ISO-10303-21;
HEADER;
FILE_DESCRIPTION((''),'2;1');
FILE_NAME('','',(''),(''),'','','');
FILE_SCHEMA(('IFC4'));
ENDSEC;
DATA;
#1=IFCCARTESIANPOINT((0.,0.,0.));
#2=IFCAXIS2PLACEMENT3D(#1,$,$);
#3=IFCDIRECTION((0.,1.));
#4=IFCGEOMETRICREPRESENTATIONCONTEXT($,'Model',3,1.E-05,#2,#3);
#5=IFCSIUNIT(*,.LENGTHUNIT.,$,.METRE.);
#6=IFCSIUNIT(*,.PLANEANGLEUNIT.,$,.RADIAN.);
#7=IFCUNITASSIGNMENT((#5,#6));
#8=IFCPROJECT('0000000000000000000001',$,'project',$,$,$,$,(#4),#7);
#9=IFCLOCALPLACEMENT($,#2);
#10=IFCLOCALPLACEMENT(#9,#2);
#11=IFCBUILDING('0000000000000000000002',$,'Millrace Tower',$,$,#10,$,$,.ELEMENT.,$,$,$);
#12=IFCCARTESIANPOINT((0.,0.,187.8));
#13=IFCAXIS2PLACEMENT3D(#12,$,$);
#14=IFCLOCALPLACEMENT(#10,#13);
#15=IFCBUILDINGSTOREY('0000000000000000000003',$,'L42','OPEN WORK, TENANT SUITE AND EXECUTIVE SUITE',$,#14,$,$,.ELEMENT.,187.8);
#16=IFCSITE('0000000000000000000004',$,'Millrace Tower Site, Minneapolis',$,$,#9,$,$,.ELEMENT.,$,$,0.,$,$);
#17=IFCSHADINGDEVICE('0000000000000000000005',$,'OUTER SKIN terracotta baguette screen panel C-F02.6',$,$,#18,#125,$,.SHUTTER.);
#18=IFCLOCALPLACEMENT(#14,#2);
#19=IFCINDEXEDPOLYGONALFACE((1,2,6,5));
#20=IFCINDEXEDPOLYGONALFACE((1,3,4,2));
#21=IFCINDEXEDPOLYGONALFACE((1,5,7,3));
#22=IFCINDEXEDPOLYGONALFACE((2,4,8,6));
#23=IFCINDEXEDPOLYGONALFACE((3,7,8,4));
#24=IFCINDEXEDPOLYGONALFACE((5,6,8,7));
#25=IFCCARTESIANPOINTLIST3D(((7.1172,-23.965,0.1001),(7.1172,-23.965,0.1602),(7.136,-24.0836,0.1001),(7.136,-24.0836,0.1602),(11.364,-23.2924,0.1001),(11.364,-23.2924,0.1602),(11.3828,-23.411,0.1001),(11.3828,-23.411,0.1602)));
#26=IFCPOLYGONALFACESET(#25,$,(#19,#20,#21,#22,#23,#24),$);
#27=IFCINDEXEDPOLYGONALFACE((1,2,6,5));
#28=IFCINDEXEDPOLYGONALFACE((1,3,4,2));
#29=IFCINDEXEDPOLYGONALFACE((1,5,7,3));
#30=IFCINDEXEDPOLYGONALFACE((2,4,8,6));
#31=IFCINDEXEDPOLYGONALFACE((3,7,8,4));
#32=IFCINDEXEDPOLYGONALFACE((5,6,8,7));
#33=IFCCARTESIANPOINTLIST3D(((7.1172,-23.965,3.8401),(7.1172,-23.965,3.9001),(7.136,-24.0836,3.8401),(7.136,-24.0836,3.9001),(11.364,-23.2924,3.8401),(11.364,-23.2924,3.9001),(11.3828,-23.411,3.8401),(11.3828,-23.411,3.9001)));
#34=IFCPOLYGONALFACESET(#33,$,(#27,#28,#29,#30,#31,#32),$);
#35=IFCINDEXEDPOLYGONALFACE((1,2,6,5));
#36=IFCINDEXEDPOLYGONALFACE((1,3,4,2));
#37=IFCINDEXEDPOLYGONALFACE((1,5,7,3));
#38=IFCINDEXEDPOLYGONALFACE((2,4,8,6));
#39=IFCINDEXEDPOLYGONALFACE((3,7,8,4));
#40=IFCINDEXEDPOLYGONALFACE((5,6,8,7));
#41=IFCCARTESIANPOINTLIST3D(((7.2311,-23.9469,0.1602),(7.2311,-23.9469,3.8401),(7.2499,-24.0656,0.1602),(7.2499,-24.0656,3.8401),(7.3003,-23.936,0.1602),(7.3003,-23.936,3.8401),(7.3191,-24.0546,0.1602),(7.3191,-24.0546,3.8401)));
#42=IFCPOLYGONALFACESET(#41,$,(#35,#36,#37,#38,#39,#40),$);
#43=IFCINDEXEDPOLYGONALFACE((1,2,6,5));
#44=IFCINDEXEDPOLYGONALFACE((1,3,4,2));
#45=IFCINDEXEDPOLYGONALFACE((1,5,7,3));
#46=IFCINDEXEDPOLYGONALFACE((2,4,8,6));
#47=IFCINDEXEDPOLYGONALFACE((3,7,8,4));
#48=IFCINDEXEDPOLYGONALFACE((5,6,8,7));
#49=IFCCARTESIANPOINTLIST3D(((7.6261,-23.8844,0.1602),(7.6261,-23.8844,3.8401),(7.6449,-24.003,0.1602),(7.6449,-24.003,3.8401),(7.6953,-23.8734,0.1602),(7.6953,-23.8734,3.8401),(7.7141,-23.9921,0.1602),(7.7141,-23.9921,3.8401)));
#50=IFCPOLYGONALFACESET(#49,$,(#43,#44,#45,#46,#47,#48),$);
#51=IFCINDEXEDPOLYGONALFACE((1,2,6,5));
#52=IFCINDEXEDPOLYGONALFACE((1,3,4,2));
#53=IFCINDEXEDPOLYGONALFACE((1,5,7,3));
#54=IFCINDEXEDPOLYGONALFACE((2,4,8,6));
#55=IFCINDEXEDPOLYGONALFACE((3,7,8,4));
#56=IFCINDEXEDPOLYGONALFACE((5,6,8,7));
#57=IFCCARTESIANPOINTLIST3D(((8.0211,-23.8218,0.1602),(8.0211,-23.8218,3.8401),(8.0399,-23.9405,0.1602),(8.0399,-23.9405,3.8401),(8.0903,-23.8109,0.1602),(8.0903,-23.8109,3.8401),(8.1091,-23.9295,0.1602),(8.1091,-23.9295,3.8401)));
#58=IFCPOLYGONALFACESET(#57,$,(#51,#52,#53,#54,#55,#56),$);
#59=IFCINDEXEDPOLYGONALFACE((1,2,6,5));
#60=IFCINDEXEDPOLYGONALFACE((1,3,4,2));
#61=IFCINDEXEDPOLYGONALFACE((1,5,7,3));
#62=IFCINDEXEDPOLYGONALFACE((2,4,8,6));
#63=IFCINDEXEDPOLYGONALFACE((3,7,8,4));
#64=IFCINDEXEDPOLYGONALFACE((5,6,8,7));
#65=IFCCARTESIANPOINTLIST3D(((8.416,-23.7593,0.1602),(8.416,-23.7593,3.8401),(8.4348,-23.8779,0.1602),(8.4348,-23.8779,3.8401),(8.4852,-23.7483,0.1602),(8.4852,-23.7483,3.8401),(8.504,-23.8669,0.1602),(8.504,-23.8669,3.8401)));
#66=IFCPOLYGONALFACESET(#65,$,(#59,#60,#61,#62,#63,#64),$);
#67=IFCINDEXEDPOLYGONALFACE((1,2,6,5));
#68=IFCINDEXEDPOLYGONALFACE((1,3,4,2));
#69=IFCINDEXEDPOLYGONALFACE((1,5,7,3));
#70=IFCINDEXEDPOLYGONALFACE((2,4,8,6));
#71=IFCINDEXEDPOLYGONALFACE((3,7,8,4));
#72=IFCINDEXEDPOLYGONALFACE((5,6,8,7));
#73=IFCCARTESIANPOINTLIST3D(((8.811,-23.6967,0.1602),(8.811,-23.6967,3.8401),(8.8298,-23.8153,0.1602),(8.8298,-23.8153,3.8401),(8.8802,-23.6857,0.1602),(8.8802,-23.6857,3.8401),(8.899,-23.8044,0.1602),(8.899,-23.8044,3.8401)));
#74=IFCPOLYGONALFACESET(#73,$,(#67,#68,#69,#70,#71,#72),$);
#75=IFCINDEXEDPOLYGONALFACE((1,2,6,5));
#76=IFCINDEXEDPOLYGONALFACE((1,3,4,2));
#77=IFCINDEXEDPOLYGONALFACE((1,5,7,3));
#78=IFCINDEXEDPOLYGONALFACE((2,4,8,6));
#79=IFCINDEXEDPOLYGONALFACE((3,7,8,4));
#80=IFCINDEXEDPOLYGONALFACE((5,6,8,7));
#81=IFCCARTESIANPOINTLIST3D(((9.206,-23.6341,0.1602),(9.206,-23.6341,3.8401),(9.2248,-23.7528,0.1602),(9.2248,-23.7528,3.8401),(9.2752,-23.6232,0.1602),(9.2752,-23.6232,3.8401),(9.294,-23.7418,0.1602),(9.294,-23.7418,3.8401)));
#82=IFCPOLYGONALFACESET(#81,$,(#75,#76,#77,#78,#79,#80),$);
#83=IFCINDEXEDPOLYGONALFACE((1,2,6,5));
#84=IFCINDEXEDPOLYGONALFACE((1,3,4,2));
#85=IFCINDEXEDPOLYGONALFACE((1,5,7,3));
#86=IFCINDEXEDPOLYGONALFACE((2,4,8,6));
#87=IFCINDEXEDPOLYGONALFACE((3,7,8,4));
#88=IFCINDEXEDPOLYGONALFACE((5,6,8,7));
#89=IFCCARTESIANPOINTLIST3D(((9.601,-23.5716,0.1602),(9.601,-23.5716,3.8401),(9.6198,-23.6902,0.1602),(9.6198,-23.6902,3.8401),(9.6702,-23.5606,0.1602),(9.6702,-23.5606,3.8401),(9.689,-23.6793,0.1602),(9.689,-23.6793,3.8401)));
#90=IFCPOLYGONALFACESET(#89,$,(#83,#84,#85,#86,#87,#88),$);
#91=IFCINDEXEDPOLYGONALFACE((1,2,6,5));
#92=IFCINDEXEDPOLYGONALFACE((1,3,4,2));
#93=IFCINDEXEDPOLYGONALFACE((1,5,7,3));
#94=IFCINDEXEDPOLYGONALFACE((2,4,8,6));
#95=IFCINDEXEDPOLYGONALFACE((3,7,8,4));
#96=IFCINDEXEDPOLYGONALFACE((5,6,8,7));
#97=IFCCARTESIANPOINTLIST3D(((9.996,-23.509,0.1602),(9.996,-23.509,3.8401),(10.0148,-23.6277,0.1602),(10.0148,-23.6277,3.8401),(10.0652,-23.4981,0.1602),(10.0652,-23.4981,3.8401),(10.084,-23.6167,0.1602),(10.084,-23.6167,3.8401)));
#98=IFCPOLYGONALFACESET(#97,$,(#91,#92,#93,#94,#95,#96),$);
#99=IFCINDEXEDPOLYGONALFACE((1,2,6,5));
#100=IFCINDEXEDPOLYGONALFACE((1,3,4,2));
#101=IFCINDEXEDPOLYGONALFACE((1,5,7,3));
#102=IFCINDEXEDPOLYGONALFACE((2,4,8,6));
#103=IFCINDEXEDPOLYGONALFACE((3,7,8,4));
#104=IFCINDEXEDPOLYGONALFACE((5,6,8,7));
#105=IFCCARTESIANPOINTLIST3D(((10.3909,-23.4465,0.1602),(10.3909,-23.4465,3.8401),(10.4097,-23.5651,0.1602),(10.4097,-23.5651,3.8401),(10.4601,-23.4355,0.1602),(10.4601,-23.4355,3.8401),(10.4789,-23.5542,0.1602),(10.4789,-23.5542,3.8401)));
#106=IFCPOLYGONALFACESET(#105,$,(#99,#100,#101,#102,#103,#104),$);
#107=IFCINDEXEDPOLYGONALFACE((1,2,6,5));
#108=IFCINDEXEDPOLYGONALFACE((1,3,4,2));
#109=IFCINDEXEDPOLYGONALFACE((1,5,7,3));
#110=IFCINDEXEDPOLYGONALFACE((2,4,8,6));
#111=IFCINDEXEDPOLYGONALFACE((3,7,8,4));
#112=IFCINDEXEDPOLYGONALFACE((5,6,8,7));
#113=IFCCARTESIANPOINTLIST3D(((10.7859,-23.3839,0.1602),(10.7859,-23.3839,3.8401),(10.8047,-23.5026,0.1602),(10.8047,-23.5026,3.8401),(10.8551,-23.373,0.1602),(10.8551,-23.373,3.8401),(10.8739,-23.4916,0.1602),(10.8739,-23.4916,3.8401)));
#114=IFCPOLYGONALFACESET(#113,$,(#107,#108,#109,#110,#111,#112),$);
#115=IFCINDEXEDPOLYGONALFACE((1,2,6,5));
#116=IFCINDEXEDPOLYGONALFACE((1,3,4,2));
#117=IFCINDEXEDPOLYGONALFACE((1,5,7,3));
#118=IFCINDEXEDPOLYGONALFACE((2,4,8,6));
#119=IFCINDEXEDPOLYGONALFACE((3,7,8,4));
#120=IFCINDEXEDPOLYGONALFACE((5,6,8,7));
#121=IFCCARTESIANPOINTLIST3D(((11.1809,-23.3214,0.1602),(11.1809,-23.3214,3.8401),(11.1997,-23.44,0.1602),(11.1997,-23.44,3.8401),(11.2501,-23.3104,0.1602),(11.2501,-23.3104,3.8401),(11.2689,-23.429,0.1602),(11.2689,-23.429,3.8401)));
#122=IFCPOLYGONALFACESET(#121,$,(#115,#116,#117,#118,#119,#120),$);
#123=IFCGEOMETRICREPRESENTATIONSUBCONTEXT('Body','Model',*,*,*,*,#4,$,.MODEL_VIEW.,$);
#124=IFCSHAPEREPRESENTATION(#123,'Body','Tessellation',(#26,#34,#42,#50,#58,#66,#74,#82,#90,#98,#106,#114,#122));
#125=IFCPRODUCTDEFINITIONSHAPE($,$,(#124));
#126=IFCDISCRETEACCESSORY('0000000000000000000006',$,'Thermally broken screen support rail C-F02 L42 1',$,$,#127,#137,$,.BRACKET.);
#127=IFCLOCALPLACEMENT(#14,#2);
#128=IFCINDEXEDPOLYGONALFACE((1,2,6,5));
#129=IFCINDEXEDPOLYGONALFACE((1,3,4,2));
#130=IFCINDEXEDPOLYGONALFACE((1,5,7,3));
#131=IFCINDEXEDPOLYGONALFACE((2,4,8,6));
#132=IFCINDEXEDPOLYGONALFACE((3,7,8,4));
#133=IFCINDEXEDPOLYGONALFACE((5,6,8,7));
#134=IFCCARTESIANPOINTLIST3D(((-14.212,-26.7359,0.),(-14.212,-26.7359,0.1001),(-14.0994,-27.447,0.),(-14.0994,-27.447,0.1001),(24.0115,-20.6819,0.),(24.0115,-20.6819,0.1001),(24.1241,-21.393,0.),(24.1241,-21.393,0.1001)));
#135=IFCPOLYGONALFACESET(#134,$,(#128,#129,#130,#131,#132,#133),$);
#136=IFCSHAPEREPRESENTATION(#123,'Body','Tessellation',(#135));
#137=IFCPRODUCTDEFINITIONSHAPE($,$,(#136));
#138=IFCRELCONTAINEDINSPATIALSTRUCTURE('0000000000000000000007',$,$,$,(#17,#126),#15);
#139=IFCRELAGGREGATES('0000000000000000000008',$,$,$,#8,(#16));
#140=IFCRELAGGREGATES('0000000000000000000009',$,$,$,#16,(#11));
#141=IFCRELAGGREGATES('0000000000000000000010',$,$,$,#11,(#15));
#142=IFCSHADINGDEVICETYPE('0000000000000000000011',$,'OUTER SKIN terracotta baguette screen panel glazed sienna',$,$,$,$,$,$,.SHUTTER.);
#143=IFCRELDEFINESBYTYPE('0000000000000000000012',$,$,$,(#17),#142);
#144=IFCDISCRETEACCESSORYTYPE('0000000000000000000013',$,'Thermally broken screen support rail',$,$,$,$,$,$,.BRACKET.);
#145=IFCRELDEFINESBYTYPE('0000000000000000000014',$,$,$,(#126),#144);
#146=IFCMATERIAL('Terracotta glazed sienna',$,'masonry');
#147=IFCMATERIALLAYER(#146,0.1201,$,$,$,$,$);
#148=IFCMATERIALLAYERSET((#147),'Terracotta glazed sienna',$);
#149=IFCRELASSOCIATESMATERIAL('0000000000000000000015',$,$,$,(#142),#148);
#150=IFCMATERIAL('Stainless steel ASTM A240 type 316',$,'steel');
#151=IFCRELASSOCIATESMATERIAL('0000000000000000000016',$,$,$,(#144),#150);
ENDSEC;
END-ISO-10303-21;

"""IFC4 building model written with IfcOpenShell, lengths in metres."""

from ifc_helpers import new_model, entity, si_unit, direction, frame, frame_2d, origin, origin_2d, place, context, subcontext, project, spatial, rectangle, extrude, source, transform, mapped, material, layer, layer_set, type_object, element, save


model = new_model("IFC4")

# Units and contexts
model_context = context("Model", 3, precision=1e-05, world=origin(), true_north=direction((0.0, 1.0)))
body_context = subcontext(model_context, "Body", "Model", "MODEL_VIEW")
ifc_project = project(units=[si_unit("LENGTHUNIT", "METRE"), si_unit("PLANEANGLEUNIT", "RADIAN")], contexts=[model_context])

# Site, building, storey
site_placement = place(None, origin())
site = spatial("IfcSite", under=ifc_project, at=site_placement, Name="Millrace Tower Site, Minneapolis", CompositionType="ELEMENT", RefElevation=0.0)
building_placement = place(site_placement, origin())
building = spatial("IfcBuilding", under=site, at=building_placement, Name="Millrace Tower", CompositionType="ELEMENT")
storey_placement = place(building_placement, frame((0.0, 0.0, 187.8)))
storey = spatial("IfcBuildingStorey", under=building, at=storey_placement, Name="L42", Description="OPEN WORK, TENANT SUITE AND EXECUTIVE SUITE", CompositionType="ELEMENT", Elevation=187.8)

# Shading device
ifc_material_1 = material(Name="Terracotta glazed sienna", Category="masonry")
ifc_layer_1 = layer(ifc_material_1, 0.1201)
ifc_layer_set_1 = layer_set([ifc_layer_1], Name="Terracotta glazed sienna")
shading_device_type = type_object("IfcShadingDeviceType", Name="OUTER SKIN terracotta baguette screen panel glazed sienna", PredefinedType="SHUTTER", material=ifc_layer_set_1)
cartesian_point = entity("IfcCartesianPoint", [-2.1499, 0.0601])
shared_polyline = entity("IfcPolyline", [cartesian_point, entity("IfcCartesianPoint", [2.1499, 0.0601]), entity("IfcCartesianPoint", [2.1499, -0.0601]), entity("IfcCartesianPoint", [-2.1499, -0.0601]), cartesian_point])
shared_shape = source(origin(), body_context, "Body", "SweptSolid", [
    entity("IfcExtrudedAreaSolid", entity("IfcArbitraryClosedProfileDef", "AREA", None, shared_polyline), entity("IfcAxis2Placement3D", entity("IfcCartesianPoint", [0.0, 0.0, 0.0])), entity("IfcDirection", [0.0, 0.0, 1.0]), 0.0601),
    entity("IfcExtrudedAreaSolid", entity("IfcArbitraryClosedProfileDef", "AREA", None, shared_polyline), entity("IfcAxis2Placement3D", entity("IfcCartesianPoint", [0.0, 0.0, 3.74])), entity("IfcDirection", [0.0, 0.0, 1.0]), 0.0601),
    extrude(rectangle(XDim=0.0701, YDim=0.1201, at=frame_2d((-1.9995, 0.0))), frame((0.0, 0.0, 0.0601)), (0.0, 0.0, 1.0), 3.6799),
    extrude(rectangle(XDim=0.0701, YDim=0.1201, at=frame_2d((-1.5996, 0.0))), frame((0.0, 0.0, 0.0601)), (0.0, 0.0, 1.0), 3.6799),
    extrude(rectangle(XDim=0.0701, YDim=0.1201, at=frame_2d((-1.1997, 0.0))), frame((0.0, 0.0, 0.0601)), (0.0, 0.0, 1.0), 3.6799),
    extrude(rectangle(XDim=0.0701, YDim=0.1201, at=frame_2d((-0.7998, 0.0))), frame((0.0, 0.0, 0.0601)), (0.0, 0.0, 1.0), 3.6799),
    extrude(rectangle(XDim=0.0701, YDim=0.1201, at=frame_2d((-0.3999, 0.0))), frame((0.0, 0.0, 0.0601)), (0.0, 0.0, 1.0), 3.6799),
    extrude(rectangle(XDim=0.0701, YDim=0.1201, at=origin_2d()), frame((0.0, 0.0, 0.0601)), (0.0, 0.0, 1.0), 3.6799),
    extrude(rectangle(XDim=0.0701, YDim=0.1201, at=frame_2d((0.3999, 0.0))), frame((0.0, 0.0, 0.0601)), (0.0, 0.0, 1.0), 3.6799),
    extrude(rectangle(XDim=0.0701, YDim=0.1201, at=frame_2d((0.7998, 0.0))), frame((0.0, 0.0, 0.0601)), (0.0, 0.0, 1.0), 3.6799),
    extrude(rectangle(XDim=0.0701, YDim=0.1201, at=frame_2d((1.1997, 0.0))), frame((0.0, 0.0, 0.0601)), (0.0, 0.0, 1.0), 3.6799),
    extrude(rectangle(XDim=0.0701, YDim=0.1201, at=frame_2d((1.5996, 0.0))), frame((0.0, 0.0, 0.0601)), (0.0, 0.0, 1.0), 3.6799),
    extrude(rectangle(XDim=0.0701, YDim=0.1201, at=frame_2d((1.9995, 0.0))), frame((0.0, 0.0, 0.0601)), (0.0, 0.0, 1.0), 3.6799),
])
for number, where, z_axis, x_axis, name in (
    (1, (9.25, -23.688, 0.1001), (0.0, 0.0, 1.0), (0.987688, 0.156434, 0.0), "OUTER SKIN terracotta baguette screen panel C-F02.6"),
):
    element("IfcShadingDevice", number, at=place(storey_placement, frame(where, z_axis=z_axis, x_axis=x_axis)), inside=storey, type_object=shading_device_type, Name=name, PredefinedType="SHUTTER", context=body_context, shape_type="MappedRepresentation", body=[
        mapped(shared_shape, transform((0.0, 0.0, 0.0), scale=1.0)),
    ])

# Discrete accessory
ifc_material_2 = material(Name="Stainless steel ASTM A240 type 316", Category="steel")
discrete_accessory_type = type_object("IfcDiscreteAccessoryType", Name="Thermally broken screen support rail", PredefinedType="BRACKET", material=ifc_material_2)
discrete_accessory_placement = place(storey_placement, frame((4.9561, -24.0645, 0.0), z_axis=(0.0, 0.0, 1.0), x_axis=(0.987688, 0.156434, 0.0)))
element("IfcDiscreteAccessory", 2, at=discrete_accessory_placement, inside=storey, type_object=discrete_accessory_type, Name="Thermally broken screen support rail C-F02 L42 1", PredefinedType="BRACKET", context=body_context, shape_type="SweptSolid", body=[
    extrude(rectangle(XDim=38.7, YDim=0.72, at=origin_2d()), origin(), (0.0, 0.0, 1.0), 0.1001),
])

save(model, "model.ifc")
